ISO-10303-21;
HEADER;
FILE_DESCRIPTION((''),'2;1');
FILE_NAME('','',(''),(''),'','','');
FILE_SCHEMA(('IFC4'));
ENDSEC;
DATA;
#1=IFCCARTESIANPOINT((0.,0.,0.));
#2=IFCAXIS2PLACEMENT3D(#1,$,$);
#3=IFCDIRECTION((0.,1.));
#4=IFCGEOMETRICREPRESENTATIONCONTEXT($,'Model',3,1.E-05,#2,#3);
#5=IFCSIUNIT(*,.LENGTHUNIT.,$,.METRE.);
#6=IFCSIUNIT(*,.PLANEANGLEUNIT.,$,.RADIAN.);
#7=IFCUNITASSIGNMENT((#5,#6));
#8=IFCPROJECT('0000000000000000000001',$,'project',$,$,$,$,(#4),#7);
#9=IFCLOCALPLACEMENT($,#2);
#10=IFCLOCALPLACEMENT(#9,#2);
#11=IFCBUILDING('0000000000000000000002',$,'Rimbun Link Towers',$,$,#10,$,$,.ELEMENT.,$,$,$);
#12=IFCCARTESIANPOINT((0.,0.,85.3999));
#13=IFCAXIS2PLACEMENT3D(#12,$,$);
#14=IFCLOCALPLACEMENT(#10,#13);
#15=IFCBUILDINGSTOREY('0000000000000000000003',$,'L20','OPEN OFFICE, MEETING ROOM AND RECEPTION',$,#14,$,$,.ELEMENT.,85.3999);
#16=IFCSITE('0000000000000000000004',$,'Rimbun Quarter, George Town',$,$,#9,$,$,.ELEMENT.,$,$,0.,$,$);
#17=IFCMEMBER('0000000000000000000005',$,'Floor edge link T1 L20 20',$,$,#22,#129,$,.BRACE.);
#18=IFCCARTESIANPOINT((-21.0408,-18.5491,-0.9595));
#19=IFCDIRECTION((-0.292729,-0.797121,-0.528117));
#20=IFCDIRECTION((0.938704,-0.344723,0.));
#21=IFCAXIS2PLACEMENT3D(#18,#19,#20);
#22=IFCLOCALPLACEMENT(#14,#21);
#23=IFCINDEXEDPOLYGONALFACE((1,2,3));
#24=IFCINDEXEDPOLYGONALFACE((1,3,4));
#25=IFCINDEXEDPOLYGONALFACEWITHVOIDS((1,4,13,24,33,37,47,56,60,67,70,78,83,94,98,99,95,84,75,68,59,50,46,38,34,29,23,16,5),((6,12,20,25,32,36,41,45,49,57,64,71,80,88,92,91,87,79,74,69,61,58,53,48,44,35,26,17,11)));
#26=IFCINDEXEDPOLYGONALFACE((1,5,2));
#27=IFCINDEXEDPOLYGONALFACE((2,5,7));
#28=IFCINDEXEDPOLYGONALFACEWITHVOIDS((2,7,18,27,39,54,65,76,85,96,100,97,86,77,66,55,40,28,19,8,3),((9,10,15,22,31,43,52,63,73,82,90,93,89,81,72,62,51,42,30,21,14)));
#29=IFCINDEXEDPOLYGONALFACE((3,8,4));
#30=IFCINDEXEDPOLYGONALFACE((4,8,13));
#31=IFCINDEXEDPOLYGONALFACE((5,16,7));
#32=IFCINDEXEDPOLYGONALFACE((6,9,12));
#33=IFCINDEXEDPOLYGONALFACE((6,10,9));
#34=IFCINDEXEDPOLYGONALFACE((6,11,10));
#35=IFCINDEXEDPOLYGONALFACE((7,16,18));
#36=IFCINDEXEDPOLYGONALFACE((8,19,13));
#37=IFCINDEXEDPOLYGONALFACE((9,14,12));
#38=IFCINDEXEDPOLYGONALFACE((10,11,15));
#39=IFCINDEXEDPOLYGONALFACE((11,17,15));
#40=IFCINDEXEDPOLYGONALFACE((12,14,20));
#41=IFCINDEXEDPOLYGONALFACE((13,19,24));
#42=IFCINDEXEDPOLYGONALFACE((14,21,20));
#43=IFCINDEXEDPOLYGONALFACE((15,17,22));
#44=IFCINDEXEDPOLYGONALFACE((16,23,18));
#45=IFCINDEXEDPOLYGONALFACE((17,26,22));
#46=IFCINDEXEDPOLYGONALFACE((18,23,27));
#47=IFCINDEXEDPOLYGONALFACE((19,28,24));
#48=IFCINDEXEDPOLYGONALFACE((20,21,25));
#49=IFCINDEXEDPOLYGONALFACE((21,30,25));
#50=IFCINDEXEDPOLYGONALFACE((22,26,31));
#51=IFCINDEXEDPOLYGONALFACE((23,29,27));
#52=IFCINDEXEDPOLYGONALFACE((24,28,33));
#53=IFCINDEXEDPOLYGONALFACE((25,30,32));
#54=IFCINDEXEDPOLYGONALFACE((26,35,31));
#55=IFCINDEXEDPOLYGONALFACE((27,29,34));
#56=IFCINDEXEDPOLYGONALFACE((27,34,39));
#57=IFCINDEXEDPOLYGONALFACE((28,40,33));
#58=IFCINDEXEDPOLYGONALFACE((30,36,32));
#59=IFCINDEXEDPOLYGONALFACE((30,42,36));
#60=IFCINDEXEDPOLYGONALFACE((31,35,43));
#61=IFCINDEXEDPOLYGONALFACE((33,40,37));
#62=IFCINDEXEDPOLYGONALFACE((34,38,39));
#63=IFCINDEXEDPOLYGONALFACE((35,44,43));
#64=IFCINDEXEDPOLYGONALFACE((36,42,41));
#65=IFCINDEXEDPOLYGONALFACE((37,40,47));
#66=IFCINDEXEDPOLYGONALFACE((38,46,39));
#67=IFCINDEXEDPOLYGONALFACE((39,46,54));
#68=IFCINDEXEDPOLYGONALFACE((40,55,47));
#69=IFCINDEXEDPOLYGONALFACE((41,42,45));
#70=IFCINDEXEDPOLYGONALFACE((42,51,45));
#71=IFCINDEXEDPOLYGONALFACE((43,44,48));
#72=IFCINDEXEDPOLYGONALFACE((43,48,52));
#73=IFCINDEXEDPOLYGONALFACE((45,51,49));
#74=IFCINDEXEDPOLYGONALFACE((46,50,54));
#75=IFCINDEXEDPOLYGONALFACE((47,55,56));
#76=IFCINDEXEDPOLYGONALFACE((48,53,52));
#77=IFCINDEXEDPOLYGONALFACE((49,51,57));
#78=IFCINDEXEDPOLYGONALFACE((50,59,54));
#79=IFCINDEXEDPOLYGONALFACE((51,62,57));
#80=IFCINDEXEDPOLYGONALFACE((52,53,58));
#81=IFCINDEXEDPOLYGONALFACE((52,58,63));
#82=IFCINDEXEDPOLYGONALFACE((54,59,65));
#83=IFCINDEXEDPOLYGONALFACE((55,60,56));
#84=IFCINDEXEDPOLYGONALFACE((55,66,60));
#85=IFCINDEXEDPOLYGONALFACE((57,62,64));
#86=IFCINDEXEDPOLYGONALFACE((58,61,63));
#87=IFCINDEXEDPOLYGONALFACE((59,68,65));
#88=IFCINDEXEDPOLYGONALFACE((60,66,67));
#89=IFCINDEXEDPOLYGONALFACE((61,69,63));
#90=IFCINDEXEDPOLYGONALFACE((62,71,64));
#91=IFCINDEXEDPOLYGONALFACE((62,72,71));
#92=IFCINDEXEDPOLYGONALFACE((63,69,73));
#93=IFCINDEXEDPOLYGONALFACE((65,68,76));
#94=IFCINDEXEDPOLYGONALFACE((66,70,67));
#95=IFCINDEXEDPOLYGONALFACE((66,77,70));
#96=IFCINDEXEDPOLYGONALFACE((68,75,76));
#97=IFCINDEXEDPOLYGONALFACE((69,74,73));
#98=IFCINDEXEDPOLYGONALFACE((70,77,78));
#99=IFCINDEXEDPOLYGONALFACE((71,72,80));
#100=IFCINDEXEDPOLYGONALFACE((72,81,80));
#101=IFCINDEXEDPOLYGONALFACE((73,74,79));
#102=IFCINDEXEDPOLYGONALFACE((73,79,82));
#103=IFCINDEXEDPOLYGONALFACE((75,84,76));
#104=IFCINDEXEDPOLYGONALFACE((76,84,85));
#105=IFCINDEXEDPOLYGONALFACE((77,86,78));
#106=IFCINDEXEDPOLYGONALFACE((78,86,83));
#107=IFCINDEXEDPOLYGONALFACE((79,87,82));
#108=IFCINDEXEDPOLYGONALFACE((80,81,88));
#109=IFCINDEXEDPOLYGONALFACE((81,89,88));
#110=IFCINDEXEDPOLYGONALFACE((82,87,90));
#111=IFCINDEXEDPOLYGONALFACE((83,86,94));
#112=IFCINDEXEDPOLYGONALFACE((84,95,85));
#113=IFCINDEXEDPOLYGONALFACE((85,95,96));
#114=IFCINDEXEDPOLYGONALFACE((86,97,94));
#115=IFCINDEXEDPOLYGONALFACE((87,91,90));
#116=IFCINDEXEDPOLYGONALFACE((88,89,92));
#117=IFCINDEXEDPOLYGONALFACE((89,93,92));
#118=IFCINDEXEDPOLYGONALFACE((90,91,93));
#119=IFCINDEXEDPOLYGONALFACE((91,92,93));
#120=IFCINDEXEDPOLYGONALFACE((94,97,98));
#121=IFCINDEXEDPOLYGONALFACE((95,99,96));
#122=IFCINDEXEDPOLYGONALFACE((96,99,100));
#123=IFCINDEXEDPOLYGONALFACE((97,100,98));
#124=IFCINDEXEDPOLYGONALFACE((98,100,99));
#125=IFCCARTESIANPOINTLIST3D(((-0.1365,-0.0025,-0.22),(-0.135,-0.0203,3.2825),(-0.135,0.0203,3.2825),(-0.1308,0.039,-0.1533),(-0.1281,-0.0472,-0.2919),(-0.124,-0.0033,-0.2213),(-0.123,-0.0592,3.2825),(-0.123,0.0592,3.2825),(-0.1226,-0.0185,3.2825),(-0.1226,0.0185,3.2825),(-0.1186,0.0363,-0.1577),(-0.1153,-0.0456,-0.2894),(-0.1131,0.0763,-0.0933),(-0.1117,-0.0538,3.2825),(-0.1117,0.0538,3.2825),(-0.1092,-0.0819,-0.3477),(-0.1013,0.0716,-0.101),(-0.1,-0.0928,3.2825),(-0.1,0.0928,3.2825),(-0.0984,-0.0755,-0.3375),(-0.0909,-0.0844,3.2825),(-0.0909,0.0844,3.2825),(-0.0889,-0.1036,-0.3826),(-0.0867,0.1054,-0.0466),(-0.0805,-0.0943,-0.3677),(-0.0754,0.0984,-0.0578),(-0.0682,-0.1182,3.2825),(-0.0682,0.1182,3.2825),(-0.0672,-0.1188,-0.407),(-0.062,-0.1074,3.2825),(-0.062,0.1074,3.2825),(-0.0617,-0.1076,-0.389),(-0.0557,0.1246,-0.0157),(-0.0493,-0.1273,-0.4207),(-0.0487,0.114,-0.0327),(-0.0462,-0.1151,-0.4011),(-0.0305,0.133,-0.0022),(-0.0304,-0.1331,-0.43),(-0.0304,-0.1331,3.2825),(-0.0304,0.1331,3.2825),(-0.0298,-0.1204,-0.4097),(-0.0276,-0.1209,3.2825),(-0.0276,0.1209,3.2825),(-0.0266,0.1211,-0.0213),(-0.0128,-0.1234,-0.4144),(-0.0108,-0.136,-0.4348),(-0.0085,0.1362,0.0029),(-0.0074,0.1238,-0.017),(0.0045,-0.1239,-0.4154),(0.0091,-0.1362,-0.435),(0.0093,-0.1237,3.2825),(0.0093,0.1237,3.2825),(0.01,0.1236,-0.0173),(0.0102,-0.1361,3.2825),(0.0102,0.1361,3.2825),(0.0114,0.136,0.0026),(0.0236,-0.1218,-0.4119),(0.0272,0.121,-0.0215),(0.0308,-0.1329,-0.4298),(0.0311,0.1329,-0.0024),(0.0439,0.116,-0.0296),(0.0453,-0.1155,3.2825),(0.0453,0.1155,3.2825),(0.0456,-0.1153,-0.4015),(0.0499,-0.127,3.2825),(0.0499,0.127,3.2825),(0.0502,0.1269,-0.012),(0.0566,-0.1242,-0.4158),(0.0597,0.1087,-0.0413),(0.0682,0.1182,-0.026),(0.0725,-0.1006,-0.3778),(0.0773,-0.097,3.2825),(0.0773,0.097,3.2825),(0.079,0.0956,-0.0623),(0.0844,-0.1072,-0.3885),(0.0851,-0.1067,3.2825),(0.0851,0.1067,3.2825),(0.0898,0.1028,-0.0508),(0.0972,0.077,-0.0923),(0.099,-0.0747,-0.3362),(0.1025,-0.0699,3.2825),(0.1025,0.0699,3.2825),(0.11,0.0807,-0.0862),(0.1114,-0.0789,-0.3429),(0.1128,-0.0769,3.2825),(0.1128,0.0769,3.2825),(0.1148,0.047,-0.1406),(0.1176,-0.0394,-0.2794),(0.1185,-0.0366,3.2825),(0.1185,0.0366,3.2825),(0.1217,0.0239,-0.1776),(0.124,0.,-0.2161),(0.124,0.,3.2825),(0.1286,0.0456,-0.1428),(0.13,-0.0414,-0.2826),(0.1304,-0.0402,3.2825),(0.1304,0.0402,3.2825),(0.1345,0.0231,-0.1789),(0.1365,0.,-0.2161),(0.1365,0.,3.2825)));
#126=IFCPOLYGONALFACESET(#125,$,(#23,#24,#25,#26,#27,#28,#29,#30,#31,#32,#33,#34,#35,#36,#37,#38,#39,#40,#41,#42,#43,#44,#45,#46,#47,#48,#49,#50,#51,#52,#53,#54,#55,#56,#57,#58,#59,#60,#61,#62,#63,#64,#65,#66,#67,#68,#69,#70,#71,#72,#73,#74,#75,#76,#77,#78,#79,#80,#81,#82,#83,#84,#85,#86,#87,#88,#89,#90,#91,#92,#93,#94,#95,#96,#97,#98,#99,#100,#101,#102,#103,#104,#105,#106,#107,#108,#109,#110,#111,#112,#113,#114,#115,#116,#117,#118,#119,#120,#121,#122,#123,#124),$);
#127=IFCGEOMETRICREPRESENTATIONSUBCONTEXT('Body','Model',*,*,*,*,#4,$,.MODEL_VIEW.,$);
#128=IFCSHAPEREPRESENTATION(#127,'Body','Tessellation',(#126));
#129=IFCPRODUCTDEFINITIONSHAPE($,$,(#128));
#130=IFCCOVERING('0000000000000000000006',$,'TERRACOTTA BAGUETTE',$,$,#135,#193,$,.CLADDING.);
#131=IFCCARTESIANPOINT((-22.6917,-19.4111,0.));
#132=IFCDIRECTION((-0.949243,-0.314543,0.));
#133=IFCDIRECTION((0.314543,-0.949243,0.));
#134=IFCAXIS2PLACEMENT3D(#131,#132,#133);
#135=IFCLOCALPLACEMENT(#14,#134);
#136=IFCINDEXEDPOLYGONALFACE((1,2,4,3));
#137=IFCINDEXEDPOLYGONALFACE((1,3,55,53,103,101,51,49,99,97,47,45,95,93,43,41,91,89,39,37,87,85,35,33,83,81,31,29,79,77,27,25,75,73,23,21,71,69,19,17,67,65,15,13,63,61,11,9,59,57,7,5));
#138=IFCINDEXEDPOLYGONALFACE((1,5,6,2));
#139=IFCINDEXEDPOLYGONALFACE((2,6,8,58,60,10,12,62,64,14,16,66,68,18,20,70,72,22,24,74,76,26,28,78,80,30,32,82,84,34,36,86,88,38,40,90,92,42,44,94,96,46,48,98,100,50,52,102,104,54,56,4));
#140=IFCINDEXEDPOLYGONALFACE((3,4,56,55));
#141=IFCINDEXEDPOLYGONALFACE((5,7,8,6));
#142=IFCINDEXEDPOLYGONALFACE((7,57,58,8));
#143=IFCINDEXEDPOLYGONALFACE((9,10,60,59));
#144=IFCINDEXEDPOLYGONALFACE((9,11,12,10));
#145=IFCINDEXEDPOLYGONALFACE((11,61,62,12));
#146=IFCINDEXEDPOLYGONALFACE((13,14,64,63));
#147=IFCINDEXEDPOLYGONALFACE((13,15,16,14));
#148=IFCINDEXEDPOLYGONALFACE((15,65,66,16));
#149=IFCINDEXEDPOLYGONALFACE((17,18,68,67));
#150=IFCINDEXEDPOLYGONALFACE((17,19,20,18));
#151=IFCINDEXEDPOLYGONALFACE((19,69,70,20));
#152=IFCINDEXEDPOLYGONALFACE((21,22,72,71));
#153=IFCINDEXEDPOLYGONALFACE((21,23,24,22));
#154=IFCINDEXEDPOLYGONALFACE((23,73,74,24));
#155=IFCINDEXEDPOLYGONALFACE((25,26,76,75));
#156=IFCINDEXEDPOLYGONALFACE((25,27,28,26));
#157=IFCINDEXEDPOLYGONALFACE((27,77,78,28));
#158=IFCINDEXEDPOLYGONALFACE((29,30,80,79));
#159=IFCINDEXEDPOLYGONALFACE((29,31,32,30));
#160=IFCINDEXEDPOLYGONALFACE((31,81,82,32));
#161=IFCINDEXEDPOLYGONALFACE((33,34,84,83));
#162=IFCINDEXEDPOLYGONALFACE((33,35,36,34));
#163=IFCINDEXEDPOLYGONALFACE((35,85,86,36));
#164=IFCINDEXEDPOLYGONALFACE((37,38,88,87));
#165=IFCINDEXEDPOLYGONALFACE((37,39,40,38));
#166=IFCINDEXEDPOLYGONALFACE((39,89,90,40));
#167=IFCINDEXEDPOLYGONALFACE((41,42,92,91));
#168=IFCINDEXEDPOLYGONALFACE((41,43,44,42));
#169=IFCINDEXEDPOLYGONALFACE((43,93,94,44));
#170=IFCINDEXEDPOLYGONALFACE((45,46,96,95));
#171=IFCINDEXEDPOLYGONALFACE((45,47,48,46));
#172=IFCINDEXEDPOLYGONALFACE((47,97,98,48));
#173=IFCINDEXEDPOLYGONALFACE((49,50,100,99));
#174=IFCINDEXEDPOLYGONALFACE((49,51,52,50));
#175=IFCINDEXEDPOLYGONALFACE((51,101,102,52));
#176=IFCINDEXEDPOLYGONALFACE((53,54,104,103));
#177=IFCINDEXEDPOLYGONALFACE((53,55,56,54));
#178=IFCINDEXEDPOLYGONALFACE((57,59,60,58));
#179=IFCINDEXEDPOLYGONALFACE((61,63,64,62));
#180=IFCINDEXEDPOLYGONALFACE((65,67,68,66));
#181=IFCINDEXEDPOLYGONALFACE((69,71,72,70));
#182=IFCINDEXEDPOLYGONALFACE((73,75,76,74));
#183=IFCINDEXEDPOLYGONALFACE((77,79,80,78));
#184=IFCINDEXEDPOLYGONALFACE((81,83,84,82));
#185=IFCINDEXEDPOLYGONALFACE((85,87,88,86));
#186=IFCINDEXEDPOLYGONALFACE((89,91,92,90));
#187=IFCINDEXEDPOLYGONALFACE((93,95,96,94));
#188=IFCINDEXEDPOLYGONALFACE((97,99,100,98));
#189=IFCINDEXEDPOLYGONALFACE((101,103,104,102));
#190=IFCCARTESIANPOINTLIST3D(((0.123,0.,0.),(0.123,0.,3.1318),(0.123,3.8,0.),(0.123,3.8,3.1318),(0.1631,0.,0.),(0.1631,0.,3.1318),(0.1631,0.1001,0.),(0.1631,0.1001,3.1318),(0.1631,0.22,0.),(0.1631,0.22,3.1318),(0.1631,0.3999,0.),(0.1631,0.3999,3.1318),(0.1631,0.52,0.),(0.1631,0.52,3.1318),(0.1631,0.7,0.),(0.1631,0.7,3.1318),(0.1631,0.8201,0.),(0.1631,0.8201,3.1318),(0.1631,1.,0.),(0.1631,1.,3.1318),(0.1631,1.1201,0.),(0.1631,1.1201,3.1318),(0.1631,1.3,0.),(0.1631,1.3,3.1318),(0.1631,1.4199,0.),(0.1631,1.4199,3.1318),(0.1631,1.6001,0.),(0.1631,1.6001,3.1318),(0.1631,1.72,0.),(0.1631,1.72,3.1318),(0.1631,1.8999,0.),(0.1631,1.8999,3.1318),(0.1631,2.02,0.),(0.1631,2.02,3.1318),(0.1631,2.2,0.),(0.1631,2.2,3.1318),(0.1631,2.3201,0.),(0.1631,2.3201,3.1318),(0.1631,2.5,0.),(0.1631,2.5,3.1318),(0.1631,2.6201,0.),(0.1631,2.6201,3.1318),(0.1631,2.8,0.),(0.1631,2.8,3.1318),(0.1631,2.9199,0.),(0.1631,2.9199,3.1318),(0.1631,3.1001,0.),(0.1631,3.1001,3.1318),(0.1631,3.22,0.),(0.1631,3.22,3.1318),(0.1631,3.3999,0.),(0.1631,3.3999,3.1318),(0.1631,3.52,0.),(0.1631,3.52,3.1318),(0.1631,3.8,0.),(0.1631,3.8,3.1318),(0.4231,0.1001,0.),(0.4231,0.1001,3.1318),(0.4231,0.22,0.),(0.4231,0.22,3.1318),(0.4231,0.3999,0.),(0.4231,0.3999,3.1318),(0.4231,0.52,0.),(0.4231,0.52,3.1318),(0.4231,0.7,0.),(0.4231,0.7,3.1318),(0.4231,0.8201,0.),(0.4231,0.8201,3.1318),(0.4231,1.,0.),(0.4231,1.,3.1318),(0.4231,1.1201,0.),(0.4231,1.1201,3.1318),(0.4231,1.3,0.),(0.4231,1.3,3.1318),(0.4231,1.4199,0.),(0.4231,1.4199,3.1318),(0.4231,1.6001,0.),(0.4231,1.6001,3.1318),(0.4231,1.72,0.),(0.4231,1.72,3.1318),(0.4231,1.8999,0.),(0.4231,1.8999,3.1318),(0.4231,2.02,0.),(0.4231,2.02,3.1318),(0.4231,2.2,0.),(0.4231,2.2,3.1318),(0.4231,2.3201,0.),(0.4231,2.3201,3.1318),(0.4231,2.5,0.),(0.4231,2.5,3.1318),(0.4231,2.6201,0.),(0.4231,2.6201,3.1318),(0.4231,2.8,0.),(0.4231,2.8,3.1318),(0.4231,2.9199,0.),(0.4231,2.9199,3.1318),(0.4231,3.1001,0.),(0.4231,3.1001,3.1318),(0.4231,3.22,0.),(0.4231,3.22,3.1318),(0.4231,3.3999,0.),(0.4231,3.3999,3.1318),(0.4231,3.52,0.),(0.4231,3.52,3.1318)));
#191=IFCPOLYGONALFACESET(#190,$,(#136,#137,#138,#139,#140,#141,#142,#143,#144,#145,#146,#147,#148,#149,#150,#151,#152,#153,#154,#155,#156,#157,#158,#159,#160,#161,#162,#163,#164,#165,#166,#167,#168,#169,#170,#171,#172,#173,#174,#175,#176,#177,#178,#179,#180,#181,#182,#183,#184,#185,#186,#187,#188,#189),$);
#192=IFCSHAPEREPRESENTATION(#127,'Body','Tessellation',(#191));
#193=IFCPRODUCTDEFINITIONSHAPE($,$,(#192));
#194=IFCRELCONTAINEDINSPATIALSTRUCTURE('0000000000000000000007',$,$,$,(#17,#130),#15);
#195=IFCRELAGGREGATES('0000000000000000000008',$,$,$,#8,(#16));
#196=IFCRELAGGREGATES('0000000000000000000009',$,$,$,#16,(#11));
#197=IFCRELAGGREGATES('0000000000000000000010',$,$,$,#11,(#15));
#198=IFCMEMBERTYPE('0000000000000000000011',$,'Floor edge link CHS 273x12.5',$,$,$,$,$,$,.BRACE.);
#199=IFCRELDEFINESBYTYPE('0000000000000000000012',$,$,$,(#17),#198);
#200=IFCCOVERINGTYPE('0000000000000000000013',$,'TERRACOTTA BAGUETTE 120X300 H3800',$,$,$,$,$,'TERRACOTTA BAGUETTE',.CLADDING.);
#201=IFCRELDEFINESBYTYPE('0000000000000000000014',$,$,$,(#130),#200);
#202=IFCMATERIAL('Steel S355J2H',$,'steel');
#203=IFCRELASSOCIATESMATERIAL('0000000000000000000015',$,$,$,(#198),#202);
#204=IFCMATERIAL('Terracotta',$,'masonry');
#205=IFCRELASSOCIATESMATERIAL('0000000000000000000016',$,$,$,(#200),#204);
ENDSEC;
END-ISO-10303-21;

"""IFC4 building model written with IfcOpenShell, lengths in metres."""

from ifc_helpers import new_model, si_unit, direction, frame, origin, origin_2d, place, context, subcontext, project, spatial, polyline, hollow_circle, outline, extrude, clip, halfspace, material, material_profile, profile_set, type_object, element, save


model = new_model("IFC4")

# Units and contexts
model_context = context("Model", 3, precision=1e-05, world=origin(), true_north=direction((0.0, 1.0)))
body_context = subcontext(model_context, "Body", "Model", "MODEL_VIEW")
ifc_project = project(units=[si_unit("LENGTHUNIT", "METRE"), si_unit("PLANEANGLEUNIT", "RADIAN")], contexts=[model_context])

# Site, building, storey
site_placement = place(None, origin())
site = spatial("IfcSite", under=ifc_project, at=site_placement, Name="Rimbun Quarter, George Town", CompositionType="ELEMENT", RefElevation=0.0)
building_placement = place(site_placement, origin())
building = spatial("IfcBuilding", under=site, at=building_placement, Name="Rimbun Link Towers", CompositionType="ELEMENT")
storey_placement = place(building_placement, frame((0.0, 0.0, 85.3999)))
storey = spatial("IfcBuildingStorey", under=building, at=storey_placement, Name="L20", Description="OPEN OFFICE, MEETING ROOM AND RECEPTION", CompositionType="ELEMENT", Elevation=85.3999)

# Member
ifc_material_1 = material(Name="Steel S355J2H", Category="steel")
ifc_material_profile_1 = material_profile(ifc_material_1, hollow_circle(Radius=0.1365, WallThickness=0.0125, at=origin_2d()), Name="CHS 273x12.5")
ifc_profile_set_1 = profile_set([ifc_material_profile_1], Name="Steel S355J2H")
member_type_1 = type_object("IfcMemberType", Name="Floor edge link CHS 273x12.5", PredefinedType="BRACE", material=ifc_profile_set_1)
member_1_placement = place(storey_placement, frame((-21.0408, -18.5491, -0.9595), z_axis=(-0.292729, -0.797121, -0.528117), x_axis=(0.938704, -0.344723, 0.0)))
element("IfcMember", 1, at=member_1_placement, inside=storey, type_object=member_type_1, Name="Floor edge link T1 L20 20", PredefinedType="BRACE", context=body_context, shape_type="Clipping", body=[
    clip(extrude(hollow_circle(Radius=0.1365, WallThickness=0.0125, at=origin_2d()), frame((0.0, 0.0, -0.458)), (0.0, 0.0, 1.0), 3.7405), halfspace(frame((0.0, 0.0, -0.2161), z_axis=(0.0, 0.849172, -0.528117)), False)),
])

# Covering
ifc_material_2 = material(Name="Terracotta", Category="masonry")
ifc_material_profile_2 = material_profile(ifc_material_2, outline(polyline([(0.123, 0.0), (0.1631, 0.0), (0.1631, 0.1001), (0.4231, 0.1001), (0.4231, 0.22), (0.1631, 0.22), (0.1631, 0.3999), (0.4231, 0.3999), (0.4231, 0.52), (0.1631, 0.52), (0.1631, 0.7), (0.4231, 0.7), (0.4231, 0.8201), (0.1631, 0.8201), (0.1631, 1.0), (0.4231, 1.0), (0.4231, 1.1201), (0.1631, 1.1201), (0.1631, 1.3), (0.4231, 1.3), (0.4231, 1.4199), (0.1631, 1.4199), (0.1631, 1.6001), (0.4231, 1.6001), (0.4231, 1.72), (0.1631, 1.72), (0.1631, 1.8999), (0.4231, 1.8999), (0.4231, 2.02), (0.1631, 2.02), (0.1631, 2.2), (0.4231, 2.2), (0.4231, 2.3201), (0.1631, 2.3201), (0.1631, 2.5), (0.4231, 2.5), (0.4231, 2.6201), (0.1631, 2.6201), (0.1631, 2.8), (0.4231, 2.8), (0.4231, 2.9199), (0.1631, 2.9199), (0.1631, 3.1001), (0.4231, 3.1001), (0.4231, 3.22), (0.1631, 3.22), (0.1631, 3.3999), (0.4231, 3.3999), (0.4231, 3.52), (0.1631, 3.52), (0.1631, 3.8), (0.123, 3.8), (0.123, 0.0)])), Name="BAGUETTE 120X300")
ifc_profile_set_2 = profile_set([ifc_material_profile_2], Name="Terracotta")
covering_type = type_object("IfcCoveringType", Name="TERRACOTTA BAGUETTE 120X300 H3800", ElementType="TERRACOTTA BAGUETTE", PredefinedType="CLADDING", material=ifc_profile_set_2)
covering_1_placement = place(storey_placement, frame((-22.6917, -19.4111, 0.0), z_axis=(-0.949243, -0.314543, 0.0), x_axis=(0.314543, -0.949243, 0.0)))
element("IfcCovering", 2, at=covering_1_placement, inside=storey, type_object=covering_type, Name="TERRACOTTA BAGUETTE", PredefinedType="CLADDING", context=body_context, shape_type="SweptSolid", body=[
    extrude(outline(polyline([(0.123, 0.0), (0.1631, 0.0), (0.1631, 0.1001), (0.4231, 0.1001), (0.4231, 0.22), (0.1631, 0.22), (0.1631, 0.3999), (0.4231, 0.3999), (0.4231, 0.52), (0.1631, 0.52), (0.1631, 0.7), (0.4231, 0.7), (0.4231, 0.8201), (0.1631, 0.8201), (0.1631, 1.0), (0.4231, 1.0), (0.4231, 1.1201), (0.1631, 1.1201), (0.1631, 1.3), (0.4231, 1.3), (0.4231, 1.4199), (0.1631, 1.4199), (0.1631, 1.6001), (0.4231, 1.6001), (0.4231, 1.72), (0.1631, 1.72), (0.1631, 1.8999), (0.4231, 1.8999), (0.4231, 2.02), (0.1631, 2.02), (0.1631, 2.2), (0.4231, 2.2), (0.4231, 2.3201), (0.1631, 2.3201), (0.1631, 2.5), (0.4231, 2.5), (0.4231, 2.6201), (0.1631, 2.6201), (0.1631, 2.8), (0.4231, 2.8), (0.4231, 2.9199), (0.1631, 2.9199), (0.1631, 3.1001), (0.4231, 3.1001), (0.4231, 3.22), (0.1631, 3.22), (0.1631, 3.3999), (0.4231, 3.3999), (0.4231, 3.52), (0.1631, 3.52), (0.1631, 3.8), (0.123, 3.8), (0.123, 0.0)])), origin(), (0.0, 0.0, 1.0), 3.1318),
])

save(model, "model.ifc")
